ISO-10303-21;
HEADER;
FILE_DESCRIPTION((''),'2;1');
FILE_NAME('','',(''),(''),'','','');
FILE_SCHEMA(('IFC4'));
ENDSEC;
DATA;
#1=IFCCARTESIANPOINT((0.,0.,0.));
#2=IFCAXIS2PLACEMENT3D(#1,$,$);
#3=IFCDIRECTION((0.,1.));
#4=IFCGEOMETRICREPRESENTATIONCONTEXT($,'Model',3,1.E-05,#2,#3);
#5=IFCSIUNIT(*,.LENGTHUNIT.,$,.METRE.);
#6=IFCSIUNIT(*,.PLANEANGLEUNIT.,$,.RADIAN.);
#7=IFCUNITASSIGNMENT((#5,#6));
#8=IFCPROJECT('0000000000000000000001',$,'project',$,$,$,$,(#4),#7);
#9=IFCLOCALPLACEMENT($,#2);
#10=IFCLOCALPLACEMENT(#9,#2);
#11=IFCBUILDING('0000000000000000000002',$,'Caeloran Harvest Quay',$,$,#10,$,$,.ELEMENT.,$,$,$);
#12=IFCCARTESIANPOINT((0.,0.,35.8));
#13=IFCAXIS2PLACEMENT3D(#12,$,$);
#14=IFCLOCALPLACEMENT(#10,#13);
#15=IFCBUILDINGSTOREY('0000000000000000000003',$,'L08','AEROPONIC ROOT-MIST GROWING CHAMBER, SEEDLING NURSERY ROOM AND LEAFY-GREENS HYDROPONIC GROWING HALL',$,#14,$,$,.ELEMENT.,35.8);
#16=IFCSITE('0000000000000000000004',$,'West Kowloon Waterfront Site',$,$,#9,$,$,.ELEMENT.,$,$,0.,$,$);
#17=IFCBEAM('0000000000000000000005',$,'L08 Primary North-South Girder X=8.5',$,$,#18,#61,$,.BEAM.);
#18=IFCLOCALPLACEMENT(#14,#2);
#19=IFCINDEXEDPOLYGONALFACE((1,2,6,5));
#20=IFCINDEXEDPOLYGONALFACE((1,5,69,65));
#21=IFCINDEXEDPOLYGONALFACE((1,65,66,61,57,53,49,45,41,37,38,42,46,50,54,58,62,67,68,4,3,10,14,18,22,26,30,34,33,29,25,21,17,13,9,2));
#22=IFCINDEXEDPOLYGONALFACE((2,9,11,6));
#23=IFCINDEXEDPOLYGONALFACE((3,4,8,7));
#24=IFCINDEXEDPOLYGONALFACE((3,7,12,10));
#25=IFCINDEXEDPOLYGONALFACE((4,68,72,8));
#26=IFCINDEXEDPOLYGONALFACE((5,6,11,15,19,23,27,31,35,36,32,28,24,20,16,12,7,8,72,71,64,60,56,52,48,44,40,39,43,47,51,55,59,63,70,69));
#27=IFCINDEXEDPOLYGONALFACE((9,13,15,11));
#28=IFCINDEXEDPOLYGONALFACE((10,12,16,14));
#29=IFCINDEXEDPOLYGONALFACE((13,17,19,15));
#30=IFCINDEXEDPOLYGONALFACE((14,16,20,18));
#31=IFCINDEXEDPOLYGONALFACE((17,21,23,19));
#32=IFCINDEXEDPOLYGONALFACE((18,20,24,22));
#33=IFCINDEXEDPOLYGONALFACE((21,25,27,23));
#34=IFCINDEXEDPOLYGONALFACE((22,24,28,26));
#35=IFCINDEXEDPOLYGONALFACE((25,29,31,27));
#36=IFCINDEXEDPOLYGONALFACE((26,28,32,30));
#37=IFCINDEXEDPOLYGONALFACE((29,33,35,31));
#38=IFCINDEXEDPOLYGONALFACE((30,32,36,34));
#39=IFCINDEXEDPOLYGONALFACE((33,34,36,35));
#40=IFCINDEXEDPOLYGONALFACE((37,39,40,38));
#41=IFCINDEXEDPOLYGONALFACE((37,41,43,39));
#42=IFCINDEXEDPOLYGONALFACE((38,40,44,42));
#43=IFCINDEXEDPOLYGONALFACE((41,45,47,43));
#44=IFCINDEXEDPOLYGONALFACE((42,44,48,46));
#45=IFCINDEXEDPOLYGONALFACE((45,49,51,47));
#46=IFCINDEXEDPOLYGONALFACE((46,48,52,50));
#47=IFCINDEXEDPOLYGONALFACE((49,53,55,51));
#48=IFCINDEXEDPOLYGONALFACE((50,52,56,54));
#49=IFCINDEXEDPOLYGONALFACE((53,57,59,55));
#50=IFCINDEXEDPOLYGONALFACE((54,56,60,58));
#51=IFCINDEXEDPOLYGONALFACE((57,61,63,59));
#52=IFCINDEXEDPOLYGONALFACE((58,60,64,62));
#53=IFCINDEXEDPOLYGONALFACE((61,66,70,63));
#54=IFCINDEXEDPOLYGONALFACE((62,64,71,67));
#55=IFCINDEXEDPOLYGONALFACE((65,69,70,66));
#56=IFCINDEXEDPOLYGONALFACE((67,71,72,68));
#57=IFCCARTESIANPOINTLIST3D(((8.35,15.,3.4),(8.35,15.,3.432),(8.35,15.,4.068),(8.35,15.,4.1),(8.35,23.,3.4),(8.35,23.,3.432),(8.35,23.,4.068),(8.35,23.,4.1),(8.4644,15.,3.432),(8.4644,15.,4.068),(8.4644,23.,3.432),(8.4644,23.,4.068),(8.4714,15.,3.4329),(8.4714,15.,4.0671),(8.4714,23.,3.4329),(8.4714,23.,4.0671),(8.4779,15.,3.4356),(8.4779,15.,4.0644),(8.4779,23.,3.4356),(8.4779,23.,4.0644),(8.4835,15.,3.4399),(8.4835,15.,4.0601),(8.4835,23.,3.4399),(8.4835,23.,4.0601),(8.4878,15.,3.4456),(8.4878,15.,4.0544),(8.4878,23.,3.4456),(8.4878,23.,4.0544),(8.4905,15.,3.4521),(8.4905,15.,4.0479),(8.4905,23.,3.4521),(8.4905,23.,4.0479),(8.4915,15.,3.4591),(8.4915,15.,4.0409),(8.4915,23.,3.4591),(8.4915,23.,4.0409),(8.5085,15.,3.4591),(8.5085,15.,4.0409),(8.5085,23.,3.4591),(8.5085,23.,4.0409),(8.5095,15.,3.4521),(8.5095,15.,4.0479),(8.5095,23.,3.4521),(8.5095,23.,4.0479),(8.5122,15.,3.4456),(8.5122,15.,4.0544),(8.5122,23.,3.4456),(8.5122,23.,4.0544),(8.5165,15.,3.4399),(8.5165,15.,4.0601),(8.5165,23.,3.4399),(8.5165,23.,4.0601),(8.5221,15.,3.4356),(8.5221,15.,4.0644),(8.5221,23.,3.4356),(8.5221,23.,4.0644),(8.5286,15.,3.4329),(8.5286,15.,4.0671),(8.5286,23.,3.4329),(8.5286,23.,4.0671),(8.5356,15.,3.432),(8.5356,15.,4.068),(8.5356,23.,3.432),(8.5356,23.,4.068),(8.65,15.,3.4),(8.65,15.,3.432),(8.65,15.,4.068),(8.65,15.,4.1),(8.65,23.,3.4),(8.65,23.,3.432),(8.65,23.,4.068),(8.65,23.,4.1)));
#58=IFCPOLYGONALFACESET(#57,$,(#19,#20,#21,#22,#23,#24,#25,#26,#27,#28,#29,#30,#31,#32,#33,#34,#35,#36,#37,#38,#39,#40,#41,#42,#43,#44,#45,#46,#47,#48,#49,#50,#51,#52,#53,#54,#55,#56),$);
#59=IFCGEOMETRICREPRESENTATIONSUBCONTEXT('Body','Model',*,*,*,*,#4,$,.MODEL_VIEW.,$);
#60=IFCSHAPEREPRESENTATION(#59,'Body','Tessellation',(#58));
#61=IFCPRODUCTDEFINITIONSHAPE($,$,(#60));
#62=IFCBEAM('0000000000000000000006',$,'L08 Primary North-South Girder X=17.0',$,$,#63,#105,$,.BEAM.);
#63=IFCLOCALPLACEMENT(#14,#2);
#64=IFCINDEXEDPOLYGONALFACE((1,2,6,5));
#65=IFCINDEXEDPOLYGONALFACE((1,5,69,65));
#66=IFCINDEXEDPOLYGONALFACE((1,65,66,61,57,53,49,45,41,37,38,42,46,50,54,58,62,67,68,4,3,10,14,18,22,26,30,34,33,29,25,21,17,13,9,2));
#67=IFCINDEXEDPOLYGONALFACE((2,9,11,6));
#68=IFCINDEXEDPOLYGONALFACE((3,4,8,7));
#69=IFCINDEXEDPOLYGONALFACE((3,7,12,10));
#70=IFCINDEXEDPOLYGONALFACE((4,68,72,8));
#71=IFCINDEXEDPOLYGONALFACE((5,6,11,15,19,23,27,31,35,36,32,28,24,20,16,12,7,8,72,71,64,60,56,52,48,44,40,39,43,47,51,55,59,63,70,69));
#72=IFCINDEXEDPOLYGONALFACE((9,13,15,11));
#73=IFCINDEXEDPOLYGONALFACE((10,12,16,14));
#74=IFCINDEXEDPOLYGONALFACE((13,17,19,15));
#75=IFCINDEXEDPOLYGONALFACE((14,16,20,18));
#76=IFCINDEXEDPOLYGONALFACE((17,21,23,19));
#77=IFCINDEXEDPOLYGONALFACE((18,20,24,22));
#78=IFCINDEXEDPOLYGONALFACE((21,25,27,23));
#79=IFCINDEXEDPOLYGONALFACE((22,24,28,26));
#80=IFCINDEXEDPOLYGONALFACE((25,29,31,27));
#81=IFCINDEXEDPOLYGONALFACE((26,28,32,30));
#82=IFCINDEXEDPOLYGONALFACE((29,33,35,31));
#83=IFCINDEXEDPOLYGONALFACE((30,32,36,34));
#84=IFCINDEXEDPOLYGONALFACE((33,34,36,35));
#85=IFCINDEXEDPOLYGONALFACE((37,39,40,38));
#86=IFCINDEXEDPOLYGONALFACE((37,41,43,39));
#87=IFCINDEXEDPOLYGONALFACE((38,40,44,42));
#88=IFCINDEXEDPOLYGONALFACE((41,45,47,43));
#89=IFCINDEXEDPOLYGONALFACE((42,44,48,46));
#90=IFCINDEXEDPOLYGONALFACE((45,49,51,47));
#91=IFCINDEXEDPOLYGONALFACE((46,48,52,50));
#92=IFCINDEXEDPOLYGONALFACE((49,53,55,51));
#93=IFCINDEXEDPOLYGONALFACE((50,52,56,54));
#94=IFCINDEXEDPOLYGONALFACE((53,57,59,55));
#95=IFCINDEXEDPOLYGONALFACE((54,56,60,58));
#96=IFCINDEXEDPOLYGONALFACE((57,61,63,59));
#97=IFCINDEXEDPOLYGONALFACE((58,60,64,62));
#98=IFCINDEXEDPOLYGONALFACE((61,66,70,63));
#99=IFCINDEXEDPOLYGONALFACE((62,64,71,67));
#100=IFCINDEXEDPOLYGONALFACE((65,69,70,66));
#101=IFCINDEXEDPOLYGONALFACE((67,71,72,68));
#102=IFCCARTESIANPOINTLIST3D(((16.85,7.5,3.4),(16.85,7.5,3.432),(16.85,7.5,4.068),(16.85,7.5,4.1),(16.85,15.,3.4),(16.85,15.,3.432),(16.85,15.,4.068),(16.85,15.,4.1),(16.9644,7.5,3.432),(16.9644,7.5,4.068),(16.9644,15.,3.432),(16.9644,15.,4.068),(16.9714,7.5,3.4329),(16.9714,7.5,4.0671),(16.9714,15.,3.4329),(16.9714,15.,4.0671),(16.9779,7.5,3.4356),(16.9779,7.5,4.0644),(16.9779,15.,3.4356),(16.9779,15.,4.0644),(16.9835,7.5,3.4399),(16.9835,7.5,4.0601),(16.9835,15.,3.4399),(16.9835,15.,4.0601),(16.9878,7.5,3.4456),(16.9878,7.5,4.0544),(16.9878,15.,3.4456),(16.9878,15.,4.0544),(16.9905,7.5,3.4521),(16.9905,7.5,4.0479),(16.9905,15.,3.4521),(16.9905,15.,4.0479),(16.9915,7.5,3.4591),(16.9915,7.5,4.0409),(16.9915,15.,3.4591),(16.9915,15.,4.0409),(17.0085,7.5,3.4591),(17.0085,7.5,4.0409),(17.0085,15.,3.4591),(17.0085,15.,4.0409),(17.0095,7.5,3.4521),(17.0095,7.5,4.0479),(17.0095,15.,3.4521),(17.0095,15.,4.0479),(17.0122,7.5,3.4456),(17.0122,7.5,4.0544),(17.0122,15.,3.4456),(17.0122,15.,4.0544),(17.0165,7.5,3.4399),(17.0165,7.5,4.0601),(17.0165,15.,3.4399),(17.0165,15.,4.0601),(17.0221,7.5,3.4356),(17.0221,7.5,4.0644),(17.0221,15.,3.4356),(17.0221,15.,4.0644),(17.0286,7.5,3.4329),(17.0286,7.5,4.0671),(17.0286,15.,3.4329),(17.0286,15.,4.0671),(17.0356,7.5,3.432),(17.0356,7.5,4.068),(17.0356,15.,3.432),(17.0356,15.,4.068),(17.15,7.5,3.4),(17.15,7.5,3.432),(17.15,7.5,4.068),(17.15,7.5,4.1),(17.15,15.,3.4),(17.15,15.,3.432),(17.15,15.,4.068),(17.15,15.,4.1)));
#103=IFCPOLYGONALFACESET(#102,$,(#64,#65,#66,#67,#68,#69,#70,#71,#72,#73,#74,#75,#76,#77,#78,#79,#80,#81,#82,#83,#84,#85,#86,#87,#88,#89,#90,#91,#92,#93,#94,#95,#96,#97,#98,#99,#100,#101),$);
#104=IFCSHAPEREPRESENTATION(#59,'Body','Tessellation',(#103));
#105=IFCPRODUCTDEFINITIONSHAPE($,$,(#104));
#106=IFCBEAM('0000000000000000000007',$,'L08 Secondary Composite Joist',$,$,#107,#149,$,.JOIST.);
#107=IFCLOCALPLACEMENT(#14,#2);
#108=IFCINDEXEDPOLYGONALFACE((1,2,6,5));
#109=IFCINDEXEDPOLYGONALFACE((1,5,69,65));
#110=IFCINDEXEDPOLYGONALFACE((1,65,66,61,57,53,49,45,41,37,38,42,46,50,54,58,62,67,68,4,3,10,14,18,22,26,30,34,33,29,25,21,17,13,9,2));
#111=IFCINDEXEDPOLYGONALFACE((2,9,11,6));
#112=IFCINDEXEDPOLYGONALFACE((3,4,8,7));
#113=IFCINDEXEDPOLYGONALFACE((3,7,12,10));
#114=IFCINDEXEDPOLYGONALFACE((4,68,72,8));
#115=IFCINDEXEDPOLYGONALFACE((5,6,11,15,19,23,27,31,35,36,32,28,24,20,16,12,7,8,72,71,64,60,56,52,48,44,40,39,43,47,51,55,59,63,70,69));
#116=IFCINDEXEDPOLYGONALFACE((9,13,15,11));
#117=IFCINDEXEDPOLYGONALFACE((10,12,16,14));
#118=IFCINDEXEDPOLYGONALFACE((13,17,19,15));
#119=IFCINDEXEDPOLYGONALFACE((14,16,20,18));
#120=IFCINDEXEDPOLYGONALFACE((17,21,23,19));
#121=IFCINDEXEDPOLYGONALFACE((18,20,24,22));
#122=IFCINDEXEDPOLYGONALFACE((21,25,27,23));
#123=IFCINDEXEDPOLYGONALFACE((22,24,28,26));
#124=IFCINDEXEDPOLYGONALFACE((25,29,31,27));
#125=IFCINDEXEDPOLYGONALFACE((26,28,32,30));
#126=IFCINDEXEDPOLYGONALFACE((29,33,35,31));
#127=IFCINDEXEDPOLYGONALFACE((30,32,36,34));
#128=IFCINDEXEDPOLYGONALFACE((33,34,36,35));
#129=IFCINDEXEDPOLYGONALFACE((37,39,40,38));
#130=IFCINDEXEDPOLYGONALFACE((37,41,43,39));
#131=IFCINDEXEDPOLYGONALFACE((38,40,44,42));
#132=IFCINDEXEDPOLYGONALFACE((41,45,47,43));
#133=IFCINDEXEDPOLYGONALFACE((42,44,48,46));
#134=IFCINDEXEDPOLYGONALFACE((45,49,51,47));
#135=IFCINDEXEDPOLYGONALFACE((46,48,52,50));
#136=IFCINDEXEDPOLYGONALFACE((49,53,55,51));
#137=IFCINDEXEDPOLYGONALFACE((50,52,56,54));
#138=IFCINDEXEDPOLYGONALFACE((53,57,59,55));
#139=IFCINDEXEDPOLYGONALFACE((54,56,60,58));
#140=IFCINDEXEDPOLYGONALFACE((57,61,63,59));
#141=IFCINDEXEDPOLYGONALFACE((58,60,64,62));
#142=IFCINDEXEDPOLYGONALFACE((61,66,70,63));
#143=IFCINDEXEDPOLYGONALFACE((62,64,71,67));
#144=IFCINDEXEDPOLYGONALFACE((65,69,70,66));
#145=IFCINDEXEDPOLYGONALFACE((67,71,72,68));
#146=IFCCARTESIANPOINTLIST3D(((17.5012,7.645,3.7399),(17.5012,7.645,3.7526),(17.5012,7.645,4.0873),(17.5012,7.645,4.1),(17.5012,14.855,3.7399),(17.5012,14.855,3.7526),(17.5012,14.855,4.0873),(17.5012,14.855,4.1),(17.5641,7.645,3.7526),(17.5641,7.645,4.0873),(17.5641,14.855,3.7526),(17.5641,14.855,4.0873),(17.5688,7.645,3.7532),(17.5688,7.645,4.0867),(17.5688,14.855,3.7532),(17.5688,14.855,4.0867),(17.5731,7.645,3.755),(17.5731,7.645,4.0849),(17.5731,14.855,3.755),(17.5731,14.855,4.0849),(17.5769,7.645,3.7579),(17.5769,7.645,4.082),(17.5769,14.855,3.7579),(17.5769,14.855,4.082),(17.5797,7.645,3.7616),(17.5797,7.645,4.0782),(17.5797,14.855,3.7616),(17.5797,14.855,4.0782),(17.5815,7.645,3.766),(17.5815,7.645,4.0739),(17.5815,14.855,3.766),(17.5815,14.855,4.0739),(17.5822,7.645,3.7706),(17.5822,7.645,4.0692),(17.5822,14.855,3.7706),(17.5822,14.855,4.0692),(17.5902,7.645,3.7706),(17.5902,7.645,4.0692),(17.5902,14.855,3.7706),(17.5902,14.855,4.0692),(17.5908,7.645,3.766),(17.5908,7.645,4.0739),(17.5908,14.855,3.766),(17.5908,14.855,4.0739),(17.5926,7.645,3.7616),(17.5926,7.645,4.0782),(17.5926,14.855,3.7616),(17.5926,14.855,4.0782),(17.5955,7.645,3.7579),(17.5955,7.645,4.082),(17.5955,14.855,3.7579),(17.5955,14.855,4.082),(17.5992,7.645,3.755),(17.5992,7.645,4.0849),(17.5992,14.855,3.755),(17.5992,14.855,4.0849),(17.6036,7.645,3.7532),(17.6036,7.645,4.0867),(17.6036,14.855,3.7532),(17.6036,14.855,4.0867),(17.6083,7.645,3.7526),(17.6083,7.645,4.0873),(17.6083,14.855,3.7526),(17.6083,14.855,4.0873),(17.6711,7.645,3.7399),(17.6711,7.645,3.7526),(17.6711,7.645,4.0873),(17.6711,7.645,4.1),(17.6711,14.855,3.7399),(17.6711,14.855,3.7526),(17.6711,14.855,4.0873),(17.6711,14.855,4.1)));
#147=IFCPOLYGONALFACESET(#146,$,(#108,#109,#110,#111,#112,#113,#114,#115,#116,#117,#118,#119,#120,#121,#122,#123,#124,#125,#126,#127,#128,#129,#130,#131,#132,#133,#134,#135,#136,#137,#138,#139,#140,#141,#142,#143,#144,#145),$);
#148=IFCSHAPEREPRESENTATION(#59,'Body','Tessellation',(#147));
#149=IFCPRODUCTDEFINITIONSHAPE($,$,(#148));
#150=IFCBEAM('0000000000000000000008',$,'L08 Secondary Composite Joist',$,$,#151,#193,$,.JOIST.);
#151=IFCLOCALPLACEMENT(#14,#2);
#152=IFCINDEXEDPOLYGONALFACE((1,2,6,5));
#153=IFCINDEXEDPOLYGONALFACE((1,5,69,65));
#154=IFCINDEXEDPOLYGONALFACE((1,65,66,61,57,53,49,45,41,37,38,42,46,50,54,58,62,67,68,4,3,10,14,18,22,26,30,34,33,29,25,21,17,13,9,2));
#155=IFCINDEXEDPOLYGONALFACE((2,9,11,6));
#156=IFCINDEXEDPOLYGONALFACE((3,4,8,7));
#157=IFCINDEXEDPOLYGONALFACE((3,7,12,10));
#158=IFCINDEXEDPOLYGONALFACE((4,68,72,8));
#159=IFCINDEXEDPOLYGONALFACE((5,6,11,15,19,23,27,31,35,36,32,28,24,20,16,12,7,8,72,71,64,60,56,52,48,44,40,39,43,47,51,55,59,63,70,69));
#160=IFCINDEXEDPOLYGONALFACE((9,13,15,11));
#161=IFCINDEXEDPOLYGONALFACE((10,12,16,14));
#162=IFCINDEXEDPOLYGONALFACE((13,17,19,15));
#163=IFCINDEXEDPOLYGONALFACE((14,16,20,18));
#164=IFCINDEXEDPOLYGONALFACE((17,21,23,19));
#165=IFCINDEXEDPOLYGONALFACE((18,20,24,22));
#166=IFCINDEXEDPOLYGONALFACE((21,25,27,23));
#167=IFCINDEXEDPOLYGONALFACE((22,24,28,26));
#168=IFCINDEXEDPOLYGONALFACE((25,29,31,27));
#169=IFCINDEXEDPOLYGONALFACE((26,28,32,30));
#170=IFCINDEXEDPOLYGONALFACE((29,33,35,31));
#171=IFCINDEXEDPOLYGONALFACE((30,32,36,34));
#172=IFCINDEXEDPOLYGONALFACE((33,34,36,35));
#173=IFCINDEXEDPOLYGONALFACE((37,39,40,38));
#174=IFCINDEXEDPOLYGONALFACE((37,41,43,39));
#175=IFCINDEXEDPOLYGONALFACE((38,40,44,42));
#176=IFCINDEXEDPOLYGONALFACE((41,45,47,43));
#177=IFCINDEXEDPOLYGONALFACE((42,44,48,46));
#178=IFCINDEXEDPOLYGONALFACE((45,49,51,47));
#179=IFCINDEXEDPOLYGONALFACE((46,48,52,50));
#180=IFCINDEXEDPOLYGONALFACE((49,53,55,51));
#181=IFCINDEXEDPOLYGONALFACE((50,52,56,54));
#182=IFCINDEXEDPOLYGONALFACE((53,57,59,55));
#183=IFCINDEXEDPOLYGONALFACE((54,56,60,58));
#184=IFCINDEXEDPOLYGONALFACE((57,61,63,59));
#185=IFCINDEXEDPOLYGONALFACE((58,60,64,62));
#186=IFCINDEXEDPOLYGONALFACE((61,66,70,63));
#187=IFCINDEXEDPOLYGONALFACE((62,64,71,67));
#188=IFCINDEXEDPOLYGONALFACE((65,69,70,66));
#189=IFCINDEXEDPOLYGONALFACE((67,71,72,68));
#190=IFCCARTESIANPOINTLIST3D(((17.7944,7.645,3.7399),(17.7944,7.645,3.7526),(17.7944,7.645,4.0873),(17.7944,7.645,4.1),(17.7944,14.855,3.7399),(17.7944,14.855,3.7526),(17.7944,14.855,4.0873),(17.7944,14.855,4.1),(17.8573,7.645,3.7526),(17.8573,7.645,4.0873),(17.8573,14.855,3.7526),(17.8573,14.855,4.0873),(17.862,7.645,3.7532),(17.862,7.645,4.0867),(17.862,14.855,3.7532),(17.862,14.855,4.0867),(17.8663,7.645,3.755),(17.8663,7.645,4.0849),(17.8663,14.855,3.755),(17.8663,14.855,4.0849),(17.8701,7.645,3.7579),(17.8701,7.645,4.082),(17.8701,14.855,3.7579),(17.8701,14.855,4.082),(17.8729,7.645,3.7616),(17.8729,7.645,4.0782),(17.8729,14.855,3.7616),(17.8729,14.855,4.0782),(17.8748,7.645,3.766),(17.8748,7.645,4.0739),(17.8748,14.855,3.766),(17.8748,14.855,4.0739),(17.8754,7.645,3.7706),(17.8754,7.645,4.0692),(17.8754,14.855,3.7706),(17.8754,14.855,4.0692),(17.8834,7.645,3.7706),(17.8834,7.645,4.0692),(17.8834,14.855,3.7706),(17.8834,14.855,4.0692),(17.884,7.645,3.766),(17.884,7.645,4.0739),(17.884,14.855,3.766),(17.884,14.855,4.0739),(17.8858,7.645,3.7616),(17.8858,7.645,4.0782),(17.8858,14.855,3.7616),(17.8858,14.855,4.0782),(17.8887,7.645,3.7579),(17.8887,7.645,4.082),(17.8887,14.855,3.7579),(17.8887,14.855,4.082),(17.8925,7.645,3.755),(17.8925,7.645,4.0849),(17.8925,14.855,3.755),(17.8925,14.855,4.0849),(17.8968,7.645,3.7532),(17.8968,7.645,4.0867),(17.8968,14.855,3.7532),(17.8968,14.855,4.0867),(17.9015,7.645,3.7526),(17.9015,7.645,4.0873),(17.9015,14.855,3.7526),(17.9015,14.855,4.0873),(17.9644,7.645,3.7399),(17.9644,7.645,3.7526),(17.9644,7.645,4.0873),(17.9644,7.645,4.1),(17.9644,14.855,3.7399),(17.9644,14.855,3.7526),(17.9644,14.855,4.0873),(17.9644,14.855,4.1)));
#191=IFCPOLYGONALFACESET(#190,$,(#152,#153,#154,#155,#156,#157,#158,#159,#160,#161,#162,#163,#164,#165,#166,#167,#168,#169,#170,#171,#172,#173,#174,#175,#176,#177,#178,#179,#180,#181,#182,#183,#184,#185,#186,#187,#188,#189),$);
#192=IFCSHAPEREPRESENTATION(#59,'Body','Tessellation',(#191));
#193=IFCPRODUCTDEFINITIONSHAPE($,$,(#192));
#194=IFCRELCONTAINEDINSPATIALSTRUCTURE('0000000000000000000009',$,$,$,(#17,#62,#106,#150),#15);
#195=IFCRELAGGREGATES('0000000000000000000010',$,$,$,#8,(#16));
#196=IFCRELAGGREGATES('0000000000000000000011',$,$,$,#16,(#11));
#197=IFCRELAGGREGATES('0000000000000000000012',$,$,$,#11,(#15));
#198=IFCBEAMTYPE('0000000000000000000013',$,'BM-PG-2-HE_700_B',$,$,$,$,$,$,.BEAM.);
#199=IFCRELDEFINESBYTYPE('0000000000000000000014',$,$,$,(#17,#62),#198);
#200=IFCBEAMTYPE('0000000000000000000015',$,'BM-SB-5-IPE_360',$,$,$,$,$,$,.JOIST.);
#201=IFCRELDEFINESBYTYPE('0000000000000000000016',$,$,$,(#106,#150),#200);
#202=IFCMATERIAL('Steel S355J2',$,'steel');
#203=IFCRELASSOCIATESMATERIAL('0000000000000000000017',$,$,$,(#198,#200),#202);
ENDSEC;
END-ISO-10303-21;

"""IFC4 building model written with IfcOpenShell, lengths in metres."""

from ifc_helpers import new_model, si_unit, direction, frame, origin, origin_2d, place, context, subcontext, project, spatial, i_section, extrude, material, material_profile, profile_set, type_object, element, save


model = new_model("IFC4")

# Units and contexts
model_context = context("Model", 3, precision=1e-05, world=origin(), true_north=direction((0.0, 1.0)))
body_context = subcontext(model_context, "Body", "Model", "MODEL_VIEW")
ifc_project = project(units=[si_unit("LENGTHUNIT", "METRE"), si_unit("PLANEANGLEUNIT", "RADIAN")], contexts=[model_context])

# Site, building, storey
site_placement = place(None, origin())
site = spatial("IfcSite", under=ifc_project, at=site_placement, Name="West Kowloon Waterfront Site", CompositionType="ELEMENT", RefElevation=0.0)
building_placement = place(site_placement, origin())
building = spatial("IfcBuilding", under=site, at=building_placement, Name="Caeloran Harvest Quay", CompositionType="ELEMENT")
storey_placement = place(building_placement, frame((0.0, 0.0, 35.8)))
storey = spatial("IfcBuildingStorey", under=building, at=storey_placement, Name="L08", Description="AEROPONIC ROOT-MIST GROWING CHAMBER, SEEDLING NURSERY ROOM AND LEAFY-GREENS HYDROPONIC GROWING HALL", CompositionType="ELEMENT", Elevation=35.8)

# Beams
ifc_material_1 = material(Name="Steel S355J2", Category="steel")
ifc_material_profile_1 = material_profile(ifc_material_1, i_section(OverallWidth=0.3, OverallDepth=0.7, WebThickness=0.0171, FlangeThickness=0.032, FilletRadius=0.0271, at=origin_2d()), Name="HE 700 B")
ifc_profile_set_1 = profile_set([ifc_material_profile_1], Name="Steel S355J2")
beam_type_1 = type_object("IfcBeamType", Name="BM-PG-2-HE_700_B", PredefinedType="BEAM", material=ifc_profile_set_1)
beam_1_placement = place(storey_placement, frame((8.5, 15.0, 3.75), z_axis=(0.0, 1.0, 0.0), x_axis=(-1.0, 0.0, 0.0)))
element("IfcBeam", 1, at=beam_1_placement, inside=storey, type_object=beam_type_1, Name="L08 Primary North-South Girder X=8.5", PredefinedType="BEAM", context=body_context, shape_type="SweptSolid", body=[
    extrude(i_section(OverallWidth=0.3, OverallDepth=0.7, WebThickness=0.0171, FlangeThickness=0.032, FilletRadius=0.0271, at=origin_2d()), origin(), (0.0, 0.0, 1.0), 8.0),
])
beam_2_placement = place(storey_placement, frame((17.0, 7.5, 3.75), z_axis=(0.0, 1.0, 0.0), x_axis=(-1.0, 0.0, 0.0)))
element("IfcBeam", 2, at=beam_2_placement, inside=storey, type_object=beam_type_1, Name="L08 Primary North-South Girder X=17.0", PredefinedType="BEAM", context=body_context, shape_type="SweptSolid", body=[
    extrude(i_section(OverallWidth=0.3, OverallDepth=0.7, WebThickness=0.0171, FlangeThickness=0.032, FilletRadius=0.0271, at=origin_2d()), origin(), (0.0, 0.0, 1.0), 7.5),
])
ifc_material_profile_2 = material_profile(ifc_material_1, i_section(OverallWidth=0.1699, OverallDepth=0.3601, WebThickness=0.0081, FlangeThickness=0.0127, FilletRadius=0.0181, at=origin_2d()), Name="IPE 360")
ifc_profile_set_2 = profile_set([ifc_material_profile_2], Name="Steel S355J2")
beam_type_2 = type_object("IfcBeamType", Name="BM-SB-5-IPE_360", PredefinedType="JOIST", material=ifc_profile_set_2)
for number, where, z_axis, x_axis, name in (
    (3, (17.5862, 7.645, 3.9199), (0.0, 1.0, 0.0), (-1.0, 0.0, 0.0), "L08 Secondary Composite Joist"),
    (4, (17.8794, 7.645, 3.9199), (0.0, 1.0, 0.0), (-1.0, 0.0, 0.0), "L08 Secondary Composite Joist"),
):
    element("IfcBeam", number, at=place(storey_placement, frame(where, z_axis=z_axis, x_axis=x_axis)), inside=storey, type_object=beam_type_2, Name=name, PredefinedType="JOIST", context=body_context, shape_type="SweptSolid", body=[
        extrude(i_section(OverallWidth=0.1699, OverallDepth=0.3601, WebThickness=0.0081, FlangeThickness=0.0127, FilletRadius=0.0181, at=origin_2d()), origin(), (0.0, 0.0, 1.0), 7.21),
    ])

save(model, "model.ifc")
